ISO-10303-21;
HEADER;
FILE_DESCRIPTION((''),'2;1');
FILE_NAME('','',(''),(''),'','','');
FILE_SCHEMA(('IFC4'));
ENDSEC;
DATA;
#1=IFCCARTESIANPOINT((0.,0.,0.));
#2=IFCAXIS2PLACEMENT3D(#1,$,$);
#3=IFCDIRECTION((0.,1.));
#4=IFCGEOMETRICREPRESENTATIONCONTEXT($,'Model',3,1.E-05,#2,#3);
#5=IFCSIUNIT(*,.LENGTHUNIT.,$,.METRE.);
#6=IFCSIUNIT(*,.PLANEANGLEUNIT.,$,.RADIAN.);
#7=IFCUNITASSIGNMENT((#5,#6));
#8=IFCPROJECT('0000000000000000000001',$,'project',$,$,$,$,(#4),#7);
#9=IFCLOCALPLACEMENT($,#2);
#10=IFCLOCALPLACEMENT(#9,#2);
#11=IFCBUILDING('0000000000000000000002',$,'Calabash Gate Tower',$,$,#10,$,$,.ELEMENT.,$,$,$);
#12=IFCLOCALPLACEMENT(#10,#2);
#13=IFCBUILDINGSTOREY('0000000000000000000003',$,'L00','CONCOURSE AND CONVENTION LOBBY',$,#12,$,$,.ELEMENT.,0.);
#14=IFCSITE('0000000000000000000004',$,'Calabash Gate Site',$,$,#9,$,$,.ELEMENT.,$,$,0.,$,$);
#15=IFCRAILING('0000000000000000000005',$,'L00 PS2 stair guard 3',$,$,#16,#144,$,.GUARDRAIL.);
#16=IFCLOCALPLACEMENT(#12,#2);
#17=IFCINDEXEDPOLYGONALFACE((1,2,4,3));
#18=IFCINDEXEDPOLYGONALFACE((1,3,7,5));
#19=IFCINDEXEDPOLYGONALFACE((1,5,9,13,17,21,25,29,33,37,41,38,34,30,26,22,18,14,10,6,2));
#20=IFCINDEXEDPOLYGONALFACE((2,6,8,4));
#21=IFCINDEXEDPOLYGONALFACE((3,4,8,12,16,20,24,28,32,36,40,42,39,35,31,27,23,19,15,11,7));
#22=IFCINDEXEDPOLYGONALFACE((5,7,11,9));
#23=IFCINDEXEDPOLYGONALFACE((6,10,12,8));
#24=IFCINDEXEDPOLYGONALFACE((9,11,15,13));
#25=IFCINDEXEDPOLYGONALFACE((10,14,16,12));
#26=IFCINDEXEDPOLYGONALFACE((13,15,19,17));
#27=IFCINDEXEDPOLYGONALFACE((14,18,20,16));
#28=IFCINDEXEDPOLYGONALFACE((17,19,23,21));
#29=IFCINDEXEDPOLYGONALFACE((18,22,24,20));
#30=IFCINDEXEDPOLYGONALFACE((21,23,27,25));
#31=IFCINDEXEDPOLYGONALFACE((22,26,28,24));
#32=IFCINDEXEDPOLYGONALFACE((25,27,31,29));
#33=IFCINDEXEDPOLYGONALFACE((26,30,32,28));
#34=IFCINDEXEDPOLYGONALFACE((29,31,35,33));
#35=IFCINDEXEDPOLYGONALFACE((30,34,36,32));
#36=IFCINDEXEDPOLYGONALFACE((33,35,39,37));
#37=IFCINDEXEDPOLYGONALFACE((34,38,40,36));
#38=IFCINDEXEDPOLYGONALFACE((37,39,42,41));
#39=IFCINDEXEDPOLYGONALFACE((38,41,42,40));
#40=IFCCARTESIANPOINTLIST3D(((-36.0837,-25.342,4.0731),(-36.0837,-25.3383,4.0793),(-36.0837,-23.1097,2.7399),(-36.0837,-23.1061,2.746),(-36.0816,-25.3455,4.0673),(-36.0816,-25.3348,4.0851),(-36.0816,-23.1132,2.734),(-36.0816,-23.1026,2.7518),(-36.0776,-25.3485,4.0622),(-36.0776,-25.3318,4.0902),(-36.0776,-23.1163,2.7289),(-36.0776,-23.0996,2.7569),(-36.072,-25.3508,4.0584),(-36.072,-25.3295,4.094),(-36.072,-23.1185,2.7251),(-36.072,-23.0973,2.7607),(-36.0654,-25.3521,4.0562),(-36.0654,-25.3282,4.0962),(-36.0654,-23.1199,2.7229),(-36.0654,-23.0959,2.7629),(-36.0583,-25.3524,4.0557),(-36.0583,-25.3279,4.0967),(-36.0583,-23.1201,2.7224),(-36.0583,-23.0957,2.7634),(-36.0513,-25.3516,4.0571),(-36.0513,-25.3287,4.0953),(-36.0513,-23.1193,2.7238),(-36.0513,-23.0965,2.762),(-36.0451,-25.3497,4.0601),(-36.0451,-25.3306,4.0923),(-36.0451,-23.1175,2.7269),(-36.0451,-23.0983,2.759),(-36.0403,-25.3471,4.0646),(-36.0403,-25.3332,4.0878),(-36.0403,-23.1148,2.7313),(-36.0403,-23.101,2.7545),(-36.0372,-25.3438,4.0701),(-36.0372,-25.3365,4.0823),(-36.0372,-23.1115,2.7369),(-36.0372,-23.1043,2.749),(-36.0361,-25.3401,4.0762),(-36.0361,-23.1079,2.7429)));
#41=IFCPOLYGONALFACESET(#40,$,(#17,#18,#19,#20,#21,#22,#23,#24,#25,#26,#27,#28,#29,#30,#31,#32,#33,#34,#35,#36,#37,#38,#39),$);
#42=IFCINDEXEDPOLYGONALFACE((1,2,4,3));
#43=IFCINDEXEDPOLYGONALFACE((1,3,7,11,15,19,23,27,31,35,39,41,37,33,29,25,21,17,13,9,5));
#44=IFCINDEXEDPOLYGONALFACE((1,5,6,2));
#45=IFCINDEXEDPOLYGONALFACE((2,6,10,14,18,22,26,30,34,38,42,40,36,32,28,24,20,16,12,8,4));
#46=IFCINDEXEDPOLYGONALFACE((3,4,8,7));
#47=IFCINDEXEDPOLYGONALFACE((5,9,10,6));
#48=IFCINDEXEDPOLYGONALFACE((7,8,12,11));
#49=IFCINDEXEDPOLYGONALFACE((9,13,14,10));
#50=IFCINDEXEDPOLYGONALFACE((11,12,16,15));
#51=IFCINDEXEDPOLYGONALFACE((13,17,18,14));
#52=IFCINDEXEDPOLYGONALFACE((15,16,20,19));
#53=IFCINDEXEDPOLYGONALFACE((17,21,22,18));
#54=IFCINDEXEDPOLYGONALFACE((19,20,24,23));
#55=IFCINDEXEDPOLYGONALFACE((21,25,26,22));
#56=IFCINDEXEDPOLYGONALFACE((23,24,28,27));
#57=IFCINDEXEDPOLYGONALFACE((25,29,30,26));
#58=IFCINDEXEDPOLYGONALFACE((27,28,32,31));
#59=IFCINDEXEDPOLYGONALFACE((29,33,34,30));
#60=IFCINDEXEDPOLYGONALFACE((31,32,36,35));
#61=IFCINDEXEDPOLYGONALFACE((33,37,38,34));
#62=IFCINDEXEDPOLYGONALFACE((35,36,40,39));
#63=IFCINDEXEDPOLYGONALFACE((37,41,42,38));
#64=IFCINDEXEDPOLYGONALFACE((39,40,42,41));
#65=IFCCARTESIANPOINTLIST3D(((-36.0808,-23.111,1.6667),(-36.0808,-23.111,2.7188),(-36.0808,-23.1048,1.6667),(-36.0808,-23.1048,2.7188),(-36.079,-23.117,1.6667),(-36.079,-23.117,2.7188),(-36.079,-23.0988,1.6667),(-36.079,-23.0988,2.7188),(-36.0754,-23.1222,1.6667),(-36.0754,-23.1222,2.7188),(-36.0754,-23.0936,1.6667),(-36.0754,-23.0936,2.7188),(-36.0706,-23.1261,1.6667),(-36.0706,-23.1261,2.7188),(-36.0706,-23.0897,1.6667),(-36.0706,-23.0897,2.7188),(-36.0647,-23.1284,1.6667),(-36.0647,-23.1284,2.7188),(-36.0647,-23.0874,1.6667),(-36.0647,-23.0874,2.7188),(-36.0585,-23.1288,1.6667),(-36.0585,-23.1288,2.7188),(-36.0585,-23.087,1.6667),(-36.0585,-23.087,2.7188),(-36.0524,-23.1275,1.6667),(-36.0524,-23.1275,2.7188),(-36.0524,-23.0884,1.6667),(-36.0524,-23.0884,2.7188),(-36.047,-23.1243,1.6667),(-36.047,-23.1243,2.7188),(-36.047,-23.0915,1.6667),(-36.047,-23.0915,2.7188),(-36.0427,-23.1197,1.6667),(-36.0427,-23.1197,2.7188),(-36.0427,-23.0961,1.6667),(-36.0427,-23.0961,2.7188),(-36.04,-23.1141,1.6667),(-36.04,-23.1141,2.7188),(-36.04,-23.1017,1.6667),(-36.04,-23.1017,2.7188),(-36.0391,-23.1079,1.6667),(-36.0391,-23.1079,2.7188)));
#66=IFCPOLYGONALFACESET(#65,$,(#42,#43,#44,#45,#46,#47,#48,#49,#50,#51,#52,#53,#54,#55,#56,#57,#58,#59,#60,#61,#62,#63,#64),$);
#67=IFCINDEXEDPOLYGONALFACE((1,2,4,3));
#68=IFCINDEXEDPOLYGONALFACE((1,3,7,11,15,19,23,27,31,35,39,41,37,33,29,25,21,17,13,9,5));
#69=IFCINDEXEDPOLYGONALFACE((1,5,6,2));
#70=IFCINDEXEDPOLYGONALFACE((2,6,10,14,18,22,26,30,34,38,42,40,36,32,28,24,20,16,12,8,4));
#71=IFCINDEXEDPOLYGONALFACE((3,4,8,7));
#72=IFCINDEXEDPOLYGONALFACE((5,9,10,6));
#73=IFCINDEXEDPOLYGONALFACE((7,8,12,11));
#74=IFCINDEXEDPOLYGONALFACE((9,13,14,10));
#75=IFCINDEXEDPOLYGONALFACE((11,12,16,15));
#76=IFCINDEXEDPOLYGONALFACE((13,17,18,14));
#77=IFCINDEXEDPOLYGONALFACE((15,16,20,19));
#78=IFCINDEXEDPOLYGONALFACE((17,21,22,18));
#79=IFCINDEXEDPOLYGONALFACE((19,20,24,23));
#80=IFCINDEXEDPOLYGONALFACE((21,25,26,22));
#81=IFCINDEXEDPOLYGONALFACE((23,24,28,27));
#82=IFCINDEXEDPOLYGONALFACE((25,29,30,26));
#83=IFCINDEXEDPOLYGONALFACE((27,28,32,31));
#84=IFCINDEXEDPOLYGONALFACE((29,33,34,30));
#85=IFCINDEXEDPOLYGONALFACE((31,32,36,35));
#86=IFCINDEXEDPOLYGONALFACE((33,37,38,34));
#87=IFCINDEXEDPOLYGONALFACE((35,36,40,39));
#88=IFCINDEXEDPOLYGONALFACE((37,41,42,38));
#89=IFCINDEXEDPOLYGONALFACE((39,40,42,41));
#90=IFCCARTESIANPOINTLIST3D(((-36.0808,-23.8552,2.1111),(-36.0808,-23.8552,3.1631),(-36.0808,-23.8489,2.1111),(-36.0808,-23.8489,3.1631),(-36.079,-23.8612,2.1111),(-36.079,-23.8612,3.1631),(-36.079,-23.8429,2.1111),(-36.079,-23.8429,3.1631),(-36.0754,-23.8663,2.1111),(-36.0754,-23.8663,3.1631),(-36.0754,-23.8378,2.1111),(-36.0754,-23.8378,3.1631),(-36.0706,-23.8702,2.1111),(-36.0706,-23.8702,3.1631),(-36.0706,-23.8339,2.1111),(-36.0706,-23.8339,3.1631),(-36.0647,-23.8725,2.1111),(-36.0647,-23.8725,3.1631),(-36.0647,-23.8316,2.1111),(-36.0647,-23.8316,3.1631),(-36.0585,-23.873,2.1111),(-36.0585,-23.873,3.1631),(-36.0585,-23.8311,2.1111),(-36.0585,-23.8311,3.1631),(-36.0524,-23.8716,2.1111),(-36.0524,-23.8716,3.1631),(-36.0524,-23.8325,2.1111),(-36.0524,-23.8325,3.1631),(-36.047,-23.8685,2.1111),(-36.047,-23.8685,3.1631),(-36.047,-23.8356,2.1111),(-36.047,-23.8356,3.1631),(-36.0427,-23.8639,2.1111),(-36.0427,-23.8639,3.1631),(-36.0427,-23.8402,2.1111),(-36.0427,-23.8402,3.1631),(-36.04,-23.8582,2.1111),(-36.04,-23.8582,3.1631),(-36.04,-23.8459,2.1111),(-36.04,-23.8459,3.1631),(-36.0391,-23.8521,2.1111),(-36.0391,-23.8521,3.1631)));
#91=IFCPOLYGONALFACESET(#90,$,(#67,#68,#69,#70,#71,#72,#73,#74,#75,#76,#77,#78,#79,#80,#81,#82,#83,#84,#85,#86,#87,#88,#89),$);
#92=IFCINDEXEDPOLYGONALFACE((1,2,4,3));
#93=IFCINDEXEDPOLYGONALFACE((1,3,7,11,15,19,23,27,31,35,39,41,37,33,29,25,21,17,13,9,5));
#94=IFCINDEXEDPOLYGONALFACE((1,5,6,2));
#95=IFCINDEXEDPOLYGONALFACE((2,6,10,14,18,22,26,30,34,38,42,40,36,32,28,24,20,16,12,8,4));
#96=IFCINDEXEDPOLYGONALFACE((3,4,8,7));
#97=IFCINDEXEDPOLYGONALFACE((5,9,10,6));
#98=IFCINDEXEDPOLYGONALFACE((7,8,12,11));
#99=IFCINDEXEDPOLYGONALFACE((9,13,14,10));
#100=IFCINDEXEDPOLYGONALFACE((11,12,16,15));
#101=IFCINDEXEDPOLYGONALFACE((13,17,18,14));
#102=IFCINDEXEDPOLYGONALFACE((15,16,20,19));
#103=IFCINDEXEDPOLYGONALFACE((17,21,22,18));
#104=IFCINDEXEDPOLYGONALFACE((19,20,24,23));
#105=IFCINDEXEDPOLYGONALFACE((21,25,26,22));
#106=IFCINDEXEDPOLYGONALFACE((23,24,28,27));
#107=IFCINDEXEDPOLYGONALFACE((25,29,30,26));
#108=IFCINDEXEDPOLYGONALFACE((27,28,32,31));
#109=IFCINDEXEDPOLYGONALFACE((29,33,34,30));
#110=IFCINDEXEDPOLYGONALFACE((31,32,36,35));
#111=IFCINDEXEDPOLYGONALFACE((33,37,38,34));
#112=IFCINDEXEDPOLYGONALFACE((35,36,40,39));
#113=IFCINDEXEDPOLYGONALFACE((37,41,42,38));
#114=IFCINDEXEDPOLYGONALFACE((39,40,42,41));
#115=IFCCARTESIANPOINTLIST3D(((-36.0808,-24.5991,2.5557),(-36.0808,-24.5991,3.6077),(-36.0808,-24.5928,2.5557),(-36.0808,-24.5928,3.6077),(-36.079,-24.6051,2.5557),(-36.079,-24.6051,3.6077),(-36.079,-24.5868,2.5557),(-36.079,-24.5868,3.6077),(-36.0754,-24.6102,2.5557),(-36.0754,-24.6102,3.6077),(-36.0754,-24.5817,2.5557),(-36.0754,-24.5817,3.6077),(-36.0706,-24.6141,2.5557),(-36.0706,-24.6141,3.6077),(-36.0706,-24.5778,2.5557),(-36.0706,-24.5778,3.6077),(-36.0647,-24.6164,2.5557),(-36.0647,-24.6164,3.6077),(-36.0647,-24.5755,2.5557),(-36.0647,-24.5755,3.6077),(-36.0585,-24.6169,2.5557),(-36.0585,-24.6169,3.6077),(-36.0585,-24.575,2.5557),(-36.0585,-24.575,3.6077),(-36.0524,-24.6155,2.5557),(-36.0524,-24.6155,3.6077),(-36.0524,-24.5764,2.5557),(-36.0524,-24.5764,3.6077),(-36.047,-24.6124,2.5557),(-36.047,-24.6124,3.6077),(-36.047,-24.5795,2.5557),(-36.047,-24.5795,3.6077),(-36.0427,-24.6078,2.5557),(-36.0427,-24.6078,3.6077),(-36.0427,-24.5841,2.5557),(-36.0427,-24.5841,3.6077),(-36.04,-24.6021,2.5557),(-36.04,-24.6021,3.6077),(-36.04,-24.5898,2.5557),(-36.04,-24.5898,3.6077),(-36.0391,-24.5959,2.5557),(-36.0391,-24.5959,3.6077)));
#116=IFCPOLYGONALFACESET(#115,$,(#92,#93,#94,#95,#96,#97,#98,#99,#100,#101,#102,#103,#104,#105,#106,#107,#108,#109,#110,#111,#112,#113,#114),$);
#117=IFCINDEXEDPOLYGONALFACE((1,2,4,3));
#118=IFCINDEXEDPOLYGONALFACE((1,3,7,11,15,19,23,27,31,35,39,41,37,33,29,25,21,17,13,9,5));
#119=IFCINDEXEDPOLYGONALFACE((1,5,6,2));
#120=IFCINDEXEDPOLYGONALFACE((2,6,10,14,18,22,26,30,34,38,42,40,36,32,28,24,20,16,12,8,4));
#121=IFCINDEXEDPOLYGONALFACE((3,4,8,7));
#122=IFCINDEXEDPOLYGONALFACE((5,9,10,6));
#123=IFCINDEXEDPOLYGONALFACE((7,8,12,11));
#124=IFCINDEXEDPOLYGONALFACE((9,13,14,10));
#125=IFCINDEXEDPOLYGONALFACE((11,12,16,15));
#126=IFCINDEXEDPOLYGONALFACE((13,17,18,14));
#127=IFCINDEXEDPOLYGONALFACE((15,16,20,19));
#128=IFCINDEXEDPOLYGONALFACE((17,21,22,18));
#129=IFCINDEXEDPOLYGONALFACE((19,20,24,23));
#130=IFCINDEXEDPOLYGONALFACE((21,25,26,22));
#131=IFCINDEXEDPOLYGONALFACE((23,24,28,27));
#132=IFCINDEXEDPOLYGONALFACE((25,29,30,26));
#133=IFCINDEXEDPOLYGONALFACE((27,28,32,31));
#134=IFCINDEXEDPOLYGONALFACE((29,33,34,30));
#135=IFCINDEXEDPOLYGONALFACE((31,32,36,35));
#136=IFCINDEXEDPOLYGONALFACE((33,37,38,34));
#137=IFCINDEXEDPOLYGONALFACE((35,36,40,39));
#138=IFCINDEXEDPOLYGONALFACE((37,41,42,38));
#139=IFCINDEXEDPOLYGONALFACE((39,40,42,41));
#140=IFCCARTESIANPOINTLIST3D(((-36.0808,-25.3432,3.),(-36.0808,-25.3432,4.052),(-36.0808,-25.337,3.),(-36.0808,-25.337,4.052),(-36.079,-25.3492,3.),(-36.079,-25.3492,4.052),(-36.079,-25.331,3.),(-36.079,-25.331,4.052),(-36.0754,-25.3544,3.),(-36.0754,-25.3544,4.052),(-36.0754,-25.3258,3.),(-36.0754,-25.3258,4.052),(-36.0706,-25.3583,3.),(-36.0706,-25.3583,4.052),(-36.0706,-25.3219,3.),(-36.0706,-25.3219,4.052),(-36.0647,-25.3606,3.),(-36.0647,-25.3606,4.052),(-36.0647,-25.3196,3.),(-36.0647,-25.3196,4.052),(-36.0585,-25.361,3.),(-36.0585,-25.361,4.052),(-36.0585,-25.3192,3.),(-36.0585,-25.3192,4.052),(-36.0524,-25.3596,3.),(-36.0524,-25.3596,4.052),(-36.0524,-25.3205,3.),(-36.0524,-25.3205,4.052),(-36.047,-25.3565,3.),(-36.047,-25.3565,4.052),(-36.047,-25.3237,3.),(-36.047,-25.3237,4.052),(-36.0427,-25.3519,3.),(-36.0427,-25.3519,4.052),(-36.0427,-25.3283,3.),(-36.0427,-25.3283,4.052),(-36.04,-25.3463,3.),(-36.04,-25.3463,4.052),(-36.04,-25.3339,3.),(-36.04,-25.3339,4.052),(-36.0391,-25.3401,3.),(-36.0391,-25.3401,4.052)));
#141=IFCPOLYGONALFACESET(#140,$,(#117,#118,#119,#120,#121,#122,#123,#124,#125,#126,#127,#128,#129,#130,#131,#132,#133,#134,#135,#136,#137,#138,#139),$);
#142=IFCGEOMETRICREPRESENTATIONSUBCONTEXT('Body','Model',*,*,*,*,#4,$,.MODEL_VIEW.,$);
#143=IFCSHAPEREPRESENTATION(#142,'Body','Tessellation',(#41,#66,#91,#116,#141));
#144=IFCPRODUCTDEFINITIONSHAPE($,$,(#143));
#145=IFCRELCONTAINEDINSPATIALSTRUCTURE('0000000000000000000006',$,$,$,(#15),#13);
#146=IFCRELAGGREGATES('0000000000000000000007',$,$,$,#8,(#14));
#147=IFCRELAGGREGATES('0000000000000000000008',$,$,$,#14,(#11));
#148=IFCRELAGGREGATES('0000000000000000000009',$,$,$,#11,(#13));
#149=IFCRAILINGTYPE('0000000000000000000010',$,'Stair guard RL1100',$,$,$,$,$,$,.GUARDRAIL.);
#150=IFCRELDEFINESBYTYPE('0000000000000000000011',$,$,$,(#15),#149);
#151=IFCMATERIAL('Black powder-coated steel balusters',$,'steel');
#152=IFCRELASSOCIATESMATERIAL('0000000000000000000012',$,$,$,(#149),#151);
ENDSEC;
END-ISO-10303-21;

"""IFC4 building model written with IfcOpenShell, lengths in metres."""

from ifc_helpers import new_model, si_unit, direction, frame, origin, origin_2d, place, context, subcontext, project, spatial, circle, extrude, material, type_object, element, save


model = new_model("IFC4")

# Units and contexts
model_context = context("Model", 3, precision=1e-05, world=origin(), true_north=direction((0.0, 1.0)))
body_context = subcontext(model_context, "Body", "Model", "MODEL_VIEW")
ifc_project = project(units=[si_unit("LENGTHUNIT", "METRE"), si_unit("PLANEANGLEUNIT", "RADIAN")], contexts=[model_context])

# Site, building, storey
site_placement = place(None, origin())
site = spatial("IfcSite", under=ifc_project, at=site_placement, Name="Calabash Gate Site", CompositionType="ELEMENT", RefElevation=0.0)
building_placement = place(site_placement, origin())
building = spatial("IfcBuilding", under=site, at=building_placement, Name="Calabash Gate Tower", CompositionType="ELEMENT")
storey_placement = place(building_placement, origin())
storey = spatial("IfcBuildingStorey", under=building, at=storey_placement, Name="L00", Description="CONCOURSE AND CONVENTION LOBBY", CompositionType="ELEMENT", Elevation=0.0)

# Railing
ifc_material_1 = material(Name="Black powder-coated steel balusters", Category="steel")
railing_type_1 = type_object("IfcRailingType", Name="Stair guard RL1100", PredefinedType="GUARDRAIL", material=ifc_material_1)
railing_1_placement = place(storey_placement, frame((-36.0601, -23.1079, 1.6667)))
element("IfcRailing", 1, at=railing_1_placement, inside=storey, type_object=railing_type_1, Name="L00 PS2 stair guard 3", PredefinedType="GUARDRAIL", context=body_context, shape_type="SweptSolid", body=[
    extrude(circle(Radius=0.0239, at=origin_2d()), frame((0.0, 0.0, 1.0762), z_axis=(0.0, -0.858519, 0.512782), x_axis=(1.0, 0.0, 0.0)), (0.0, 0.0, 1.0), 2.6001),
    extrude(circle(Radius=0.021, at=origin_2d()), origin(), (0.0, 0.0, 1.0), 1.052),
    extrude(circle(Radius=0.021, at=origin_2d()), frame((0.0, -0.7441, 0.4443)), (0.0, 0.0, 1.0), 1.052),
    extrude(circle(Radius=0.021, at=origin_2d()), frame((0.0, -1.488, 0.8889)), (0.0, 0.0, 1.0), 1.052),
    extrude(circle(Radius=0.021, at=origin_2d()), frame((0.0, -2.2322, 1.3333)), (0.0, 0.0, 1.0), 1.052),
])

save(model, "model.ifc")
